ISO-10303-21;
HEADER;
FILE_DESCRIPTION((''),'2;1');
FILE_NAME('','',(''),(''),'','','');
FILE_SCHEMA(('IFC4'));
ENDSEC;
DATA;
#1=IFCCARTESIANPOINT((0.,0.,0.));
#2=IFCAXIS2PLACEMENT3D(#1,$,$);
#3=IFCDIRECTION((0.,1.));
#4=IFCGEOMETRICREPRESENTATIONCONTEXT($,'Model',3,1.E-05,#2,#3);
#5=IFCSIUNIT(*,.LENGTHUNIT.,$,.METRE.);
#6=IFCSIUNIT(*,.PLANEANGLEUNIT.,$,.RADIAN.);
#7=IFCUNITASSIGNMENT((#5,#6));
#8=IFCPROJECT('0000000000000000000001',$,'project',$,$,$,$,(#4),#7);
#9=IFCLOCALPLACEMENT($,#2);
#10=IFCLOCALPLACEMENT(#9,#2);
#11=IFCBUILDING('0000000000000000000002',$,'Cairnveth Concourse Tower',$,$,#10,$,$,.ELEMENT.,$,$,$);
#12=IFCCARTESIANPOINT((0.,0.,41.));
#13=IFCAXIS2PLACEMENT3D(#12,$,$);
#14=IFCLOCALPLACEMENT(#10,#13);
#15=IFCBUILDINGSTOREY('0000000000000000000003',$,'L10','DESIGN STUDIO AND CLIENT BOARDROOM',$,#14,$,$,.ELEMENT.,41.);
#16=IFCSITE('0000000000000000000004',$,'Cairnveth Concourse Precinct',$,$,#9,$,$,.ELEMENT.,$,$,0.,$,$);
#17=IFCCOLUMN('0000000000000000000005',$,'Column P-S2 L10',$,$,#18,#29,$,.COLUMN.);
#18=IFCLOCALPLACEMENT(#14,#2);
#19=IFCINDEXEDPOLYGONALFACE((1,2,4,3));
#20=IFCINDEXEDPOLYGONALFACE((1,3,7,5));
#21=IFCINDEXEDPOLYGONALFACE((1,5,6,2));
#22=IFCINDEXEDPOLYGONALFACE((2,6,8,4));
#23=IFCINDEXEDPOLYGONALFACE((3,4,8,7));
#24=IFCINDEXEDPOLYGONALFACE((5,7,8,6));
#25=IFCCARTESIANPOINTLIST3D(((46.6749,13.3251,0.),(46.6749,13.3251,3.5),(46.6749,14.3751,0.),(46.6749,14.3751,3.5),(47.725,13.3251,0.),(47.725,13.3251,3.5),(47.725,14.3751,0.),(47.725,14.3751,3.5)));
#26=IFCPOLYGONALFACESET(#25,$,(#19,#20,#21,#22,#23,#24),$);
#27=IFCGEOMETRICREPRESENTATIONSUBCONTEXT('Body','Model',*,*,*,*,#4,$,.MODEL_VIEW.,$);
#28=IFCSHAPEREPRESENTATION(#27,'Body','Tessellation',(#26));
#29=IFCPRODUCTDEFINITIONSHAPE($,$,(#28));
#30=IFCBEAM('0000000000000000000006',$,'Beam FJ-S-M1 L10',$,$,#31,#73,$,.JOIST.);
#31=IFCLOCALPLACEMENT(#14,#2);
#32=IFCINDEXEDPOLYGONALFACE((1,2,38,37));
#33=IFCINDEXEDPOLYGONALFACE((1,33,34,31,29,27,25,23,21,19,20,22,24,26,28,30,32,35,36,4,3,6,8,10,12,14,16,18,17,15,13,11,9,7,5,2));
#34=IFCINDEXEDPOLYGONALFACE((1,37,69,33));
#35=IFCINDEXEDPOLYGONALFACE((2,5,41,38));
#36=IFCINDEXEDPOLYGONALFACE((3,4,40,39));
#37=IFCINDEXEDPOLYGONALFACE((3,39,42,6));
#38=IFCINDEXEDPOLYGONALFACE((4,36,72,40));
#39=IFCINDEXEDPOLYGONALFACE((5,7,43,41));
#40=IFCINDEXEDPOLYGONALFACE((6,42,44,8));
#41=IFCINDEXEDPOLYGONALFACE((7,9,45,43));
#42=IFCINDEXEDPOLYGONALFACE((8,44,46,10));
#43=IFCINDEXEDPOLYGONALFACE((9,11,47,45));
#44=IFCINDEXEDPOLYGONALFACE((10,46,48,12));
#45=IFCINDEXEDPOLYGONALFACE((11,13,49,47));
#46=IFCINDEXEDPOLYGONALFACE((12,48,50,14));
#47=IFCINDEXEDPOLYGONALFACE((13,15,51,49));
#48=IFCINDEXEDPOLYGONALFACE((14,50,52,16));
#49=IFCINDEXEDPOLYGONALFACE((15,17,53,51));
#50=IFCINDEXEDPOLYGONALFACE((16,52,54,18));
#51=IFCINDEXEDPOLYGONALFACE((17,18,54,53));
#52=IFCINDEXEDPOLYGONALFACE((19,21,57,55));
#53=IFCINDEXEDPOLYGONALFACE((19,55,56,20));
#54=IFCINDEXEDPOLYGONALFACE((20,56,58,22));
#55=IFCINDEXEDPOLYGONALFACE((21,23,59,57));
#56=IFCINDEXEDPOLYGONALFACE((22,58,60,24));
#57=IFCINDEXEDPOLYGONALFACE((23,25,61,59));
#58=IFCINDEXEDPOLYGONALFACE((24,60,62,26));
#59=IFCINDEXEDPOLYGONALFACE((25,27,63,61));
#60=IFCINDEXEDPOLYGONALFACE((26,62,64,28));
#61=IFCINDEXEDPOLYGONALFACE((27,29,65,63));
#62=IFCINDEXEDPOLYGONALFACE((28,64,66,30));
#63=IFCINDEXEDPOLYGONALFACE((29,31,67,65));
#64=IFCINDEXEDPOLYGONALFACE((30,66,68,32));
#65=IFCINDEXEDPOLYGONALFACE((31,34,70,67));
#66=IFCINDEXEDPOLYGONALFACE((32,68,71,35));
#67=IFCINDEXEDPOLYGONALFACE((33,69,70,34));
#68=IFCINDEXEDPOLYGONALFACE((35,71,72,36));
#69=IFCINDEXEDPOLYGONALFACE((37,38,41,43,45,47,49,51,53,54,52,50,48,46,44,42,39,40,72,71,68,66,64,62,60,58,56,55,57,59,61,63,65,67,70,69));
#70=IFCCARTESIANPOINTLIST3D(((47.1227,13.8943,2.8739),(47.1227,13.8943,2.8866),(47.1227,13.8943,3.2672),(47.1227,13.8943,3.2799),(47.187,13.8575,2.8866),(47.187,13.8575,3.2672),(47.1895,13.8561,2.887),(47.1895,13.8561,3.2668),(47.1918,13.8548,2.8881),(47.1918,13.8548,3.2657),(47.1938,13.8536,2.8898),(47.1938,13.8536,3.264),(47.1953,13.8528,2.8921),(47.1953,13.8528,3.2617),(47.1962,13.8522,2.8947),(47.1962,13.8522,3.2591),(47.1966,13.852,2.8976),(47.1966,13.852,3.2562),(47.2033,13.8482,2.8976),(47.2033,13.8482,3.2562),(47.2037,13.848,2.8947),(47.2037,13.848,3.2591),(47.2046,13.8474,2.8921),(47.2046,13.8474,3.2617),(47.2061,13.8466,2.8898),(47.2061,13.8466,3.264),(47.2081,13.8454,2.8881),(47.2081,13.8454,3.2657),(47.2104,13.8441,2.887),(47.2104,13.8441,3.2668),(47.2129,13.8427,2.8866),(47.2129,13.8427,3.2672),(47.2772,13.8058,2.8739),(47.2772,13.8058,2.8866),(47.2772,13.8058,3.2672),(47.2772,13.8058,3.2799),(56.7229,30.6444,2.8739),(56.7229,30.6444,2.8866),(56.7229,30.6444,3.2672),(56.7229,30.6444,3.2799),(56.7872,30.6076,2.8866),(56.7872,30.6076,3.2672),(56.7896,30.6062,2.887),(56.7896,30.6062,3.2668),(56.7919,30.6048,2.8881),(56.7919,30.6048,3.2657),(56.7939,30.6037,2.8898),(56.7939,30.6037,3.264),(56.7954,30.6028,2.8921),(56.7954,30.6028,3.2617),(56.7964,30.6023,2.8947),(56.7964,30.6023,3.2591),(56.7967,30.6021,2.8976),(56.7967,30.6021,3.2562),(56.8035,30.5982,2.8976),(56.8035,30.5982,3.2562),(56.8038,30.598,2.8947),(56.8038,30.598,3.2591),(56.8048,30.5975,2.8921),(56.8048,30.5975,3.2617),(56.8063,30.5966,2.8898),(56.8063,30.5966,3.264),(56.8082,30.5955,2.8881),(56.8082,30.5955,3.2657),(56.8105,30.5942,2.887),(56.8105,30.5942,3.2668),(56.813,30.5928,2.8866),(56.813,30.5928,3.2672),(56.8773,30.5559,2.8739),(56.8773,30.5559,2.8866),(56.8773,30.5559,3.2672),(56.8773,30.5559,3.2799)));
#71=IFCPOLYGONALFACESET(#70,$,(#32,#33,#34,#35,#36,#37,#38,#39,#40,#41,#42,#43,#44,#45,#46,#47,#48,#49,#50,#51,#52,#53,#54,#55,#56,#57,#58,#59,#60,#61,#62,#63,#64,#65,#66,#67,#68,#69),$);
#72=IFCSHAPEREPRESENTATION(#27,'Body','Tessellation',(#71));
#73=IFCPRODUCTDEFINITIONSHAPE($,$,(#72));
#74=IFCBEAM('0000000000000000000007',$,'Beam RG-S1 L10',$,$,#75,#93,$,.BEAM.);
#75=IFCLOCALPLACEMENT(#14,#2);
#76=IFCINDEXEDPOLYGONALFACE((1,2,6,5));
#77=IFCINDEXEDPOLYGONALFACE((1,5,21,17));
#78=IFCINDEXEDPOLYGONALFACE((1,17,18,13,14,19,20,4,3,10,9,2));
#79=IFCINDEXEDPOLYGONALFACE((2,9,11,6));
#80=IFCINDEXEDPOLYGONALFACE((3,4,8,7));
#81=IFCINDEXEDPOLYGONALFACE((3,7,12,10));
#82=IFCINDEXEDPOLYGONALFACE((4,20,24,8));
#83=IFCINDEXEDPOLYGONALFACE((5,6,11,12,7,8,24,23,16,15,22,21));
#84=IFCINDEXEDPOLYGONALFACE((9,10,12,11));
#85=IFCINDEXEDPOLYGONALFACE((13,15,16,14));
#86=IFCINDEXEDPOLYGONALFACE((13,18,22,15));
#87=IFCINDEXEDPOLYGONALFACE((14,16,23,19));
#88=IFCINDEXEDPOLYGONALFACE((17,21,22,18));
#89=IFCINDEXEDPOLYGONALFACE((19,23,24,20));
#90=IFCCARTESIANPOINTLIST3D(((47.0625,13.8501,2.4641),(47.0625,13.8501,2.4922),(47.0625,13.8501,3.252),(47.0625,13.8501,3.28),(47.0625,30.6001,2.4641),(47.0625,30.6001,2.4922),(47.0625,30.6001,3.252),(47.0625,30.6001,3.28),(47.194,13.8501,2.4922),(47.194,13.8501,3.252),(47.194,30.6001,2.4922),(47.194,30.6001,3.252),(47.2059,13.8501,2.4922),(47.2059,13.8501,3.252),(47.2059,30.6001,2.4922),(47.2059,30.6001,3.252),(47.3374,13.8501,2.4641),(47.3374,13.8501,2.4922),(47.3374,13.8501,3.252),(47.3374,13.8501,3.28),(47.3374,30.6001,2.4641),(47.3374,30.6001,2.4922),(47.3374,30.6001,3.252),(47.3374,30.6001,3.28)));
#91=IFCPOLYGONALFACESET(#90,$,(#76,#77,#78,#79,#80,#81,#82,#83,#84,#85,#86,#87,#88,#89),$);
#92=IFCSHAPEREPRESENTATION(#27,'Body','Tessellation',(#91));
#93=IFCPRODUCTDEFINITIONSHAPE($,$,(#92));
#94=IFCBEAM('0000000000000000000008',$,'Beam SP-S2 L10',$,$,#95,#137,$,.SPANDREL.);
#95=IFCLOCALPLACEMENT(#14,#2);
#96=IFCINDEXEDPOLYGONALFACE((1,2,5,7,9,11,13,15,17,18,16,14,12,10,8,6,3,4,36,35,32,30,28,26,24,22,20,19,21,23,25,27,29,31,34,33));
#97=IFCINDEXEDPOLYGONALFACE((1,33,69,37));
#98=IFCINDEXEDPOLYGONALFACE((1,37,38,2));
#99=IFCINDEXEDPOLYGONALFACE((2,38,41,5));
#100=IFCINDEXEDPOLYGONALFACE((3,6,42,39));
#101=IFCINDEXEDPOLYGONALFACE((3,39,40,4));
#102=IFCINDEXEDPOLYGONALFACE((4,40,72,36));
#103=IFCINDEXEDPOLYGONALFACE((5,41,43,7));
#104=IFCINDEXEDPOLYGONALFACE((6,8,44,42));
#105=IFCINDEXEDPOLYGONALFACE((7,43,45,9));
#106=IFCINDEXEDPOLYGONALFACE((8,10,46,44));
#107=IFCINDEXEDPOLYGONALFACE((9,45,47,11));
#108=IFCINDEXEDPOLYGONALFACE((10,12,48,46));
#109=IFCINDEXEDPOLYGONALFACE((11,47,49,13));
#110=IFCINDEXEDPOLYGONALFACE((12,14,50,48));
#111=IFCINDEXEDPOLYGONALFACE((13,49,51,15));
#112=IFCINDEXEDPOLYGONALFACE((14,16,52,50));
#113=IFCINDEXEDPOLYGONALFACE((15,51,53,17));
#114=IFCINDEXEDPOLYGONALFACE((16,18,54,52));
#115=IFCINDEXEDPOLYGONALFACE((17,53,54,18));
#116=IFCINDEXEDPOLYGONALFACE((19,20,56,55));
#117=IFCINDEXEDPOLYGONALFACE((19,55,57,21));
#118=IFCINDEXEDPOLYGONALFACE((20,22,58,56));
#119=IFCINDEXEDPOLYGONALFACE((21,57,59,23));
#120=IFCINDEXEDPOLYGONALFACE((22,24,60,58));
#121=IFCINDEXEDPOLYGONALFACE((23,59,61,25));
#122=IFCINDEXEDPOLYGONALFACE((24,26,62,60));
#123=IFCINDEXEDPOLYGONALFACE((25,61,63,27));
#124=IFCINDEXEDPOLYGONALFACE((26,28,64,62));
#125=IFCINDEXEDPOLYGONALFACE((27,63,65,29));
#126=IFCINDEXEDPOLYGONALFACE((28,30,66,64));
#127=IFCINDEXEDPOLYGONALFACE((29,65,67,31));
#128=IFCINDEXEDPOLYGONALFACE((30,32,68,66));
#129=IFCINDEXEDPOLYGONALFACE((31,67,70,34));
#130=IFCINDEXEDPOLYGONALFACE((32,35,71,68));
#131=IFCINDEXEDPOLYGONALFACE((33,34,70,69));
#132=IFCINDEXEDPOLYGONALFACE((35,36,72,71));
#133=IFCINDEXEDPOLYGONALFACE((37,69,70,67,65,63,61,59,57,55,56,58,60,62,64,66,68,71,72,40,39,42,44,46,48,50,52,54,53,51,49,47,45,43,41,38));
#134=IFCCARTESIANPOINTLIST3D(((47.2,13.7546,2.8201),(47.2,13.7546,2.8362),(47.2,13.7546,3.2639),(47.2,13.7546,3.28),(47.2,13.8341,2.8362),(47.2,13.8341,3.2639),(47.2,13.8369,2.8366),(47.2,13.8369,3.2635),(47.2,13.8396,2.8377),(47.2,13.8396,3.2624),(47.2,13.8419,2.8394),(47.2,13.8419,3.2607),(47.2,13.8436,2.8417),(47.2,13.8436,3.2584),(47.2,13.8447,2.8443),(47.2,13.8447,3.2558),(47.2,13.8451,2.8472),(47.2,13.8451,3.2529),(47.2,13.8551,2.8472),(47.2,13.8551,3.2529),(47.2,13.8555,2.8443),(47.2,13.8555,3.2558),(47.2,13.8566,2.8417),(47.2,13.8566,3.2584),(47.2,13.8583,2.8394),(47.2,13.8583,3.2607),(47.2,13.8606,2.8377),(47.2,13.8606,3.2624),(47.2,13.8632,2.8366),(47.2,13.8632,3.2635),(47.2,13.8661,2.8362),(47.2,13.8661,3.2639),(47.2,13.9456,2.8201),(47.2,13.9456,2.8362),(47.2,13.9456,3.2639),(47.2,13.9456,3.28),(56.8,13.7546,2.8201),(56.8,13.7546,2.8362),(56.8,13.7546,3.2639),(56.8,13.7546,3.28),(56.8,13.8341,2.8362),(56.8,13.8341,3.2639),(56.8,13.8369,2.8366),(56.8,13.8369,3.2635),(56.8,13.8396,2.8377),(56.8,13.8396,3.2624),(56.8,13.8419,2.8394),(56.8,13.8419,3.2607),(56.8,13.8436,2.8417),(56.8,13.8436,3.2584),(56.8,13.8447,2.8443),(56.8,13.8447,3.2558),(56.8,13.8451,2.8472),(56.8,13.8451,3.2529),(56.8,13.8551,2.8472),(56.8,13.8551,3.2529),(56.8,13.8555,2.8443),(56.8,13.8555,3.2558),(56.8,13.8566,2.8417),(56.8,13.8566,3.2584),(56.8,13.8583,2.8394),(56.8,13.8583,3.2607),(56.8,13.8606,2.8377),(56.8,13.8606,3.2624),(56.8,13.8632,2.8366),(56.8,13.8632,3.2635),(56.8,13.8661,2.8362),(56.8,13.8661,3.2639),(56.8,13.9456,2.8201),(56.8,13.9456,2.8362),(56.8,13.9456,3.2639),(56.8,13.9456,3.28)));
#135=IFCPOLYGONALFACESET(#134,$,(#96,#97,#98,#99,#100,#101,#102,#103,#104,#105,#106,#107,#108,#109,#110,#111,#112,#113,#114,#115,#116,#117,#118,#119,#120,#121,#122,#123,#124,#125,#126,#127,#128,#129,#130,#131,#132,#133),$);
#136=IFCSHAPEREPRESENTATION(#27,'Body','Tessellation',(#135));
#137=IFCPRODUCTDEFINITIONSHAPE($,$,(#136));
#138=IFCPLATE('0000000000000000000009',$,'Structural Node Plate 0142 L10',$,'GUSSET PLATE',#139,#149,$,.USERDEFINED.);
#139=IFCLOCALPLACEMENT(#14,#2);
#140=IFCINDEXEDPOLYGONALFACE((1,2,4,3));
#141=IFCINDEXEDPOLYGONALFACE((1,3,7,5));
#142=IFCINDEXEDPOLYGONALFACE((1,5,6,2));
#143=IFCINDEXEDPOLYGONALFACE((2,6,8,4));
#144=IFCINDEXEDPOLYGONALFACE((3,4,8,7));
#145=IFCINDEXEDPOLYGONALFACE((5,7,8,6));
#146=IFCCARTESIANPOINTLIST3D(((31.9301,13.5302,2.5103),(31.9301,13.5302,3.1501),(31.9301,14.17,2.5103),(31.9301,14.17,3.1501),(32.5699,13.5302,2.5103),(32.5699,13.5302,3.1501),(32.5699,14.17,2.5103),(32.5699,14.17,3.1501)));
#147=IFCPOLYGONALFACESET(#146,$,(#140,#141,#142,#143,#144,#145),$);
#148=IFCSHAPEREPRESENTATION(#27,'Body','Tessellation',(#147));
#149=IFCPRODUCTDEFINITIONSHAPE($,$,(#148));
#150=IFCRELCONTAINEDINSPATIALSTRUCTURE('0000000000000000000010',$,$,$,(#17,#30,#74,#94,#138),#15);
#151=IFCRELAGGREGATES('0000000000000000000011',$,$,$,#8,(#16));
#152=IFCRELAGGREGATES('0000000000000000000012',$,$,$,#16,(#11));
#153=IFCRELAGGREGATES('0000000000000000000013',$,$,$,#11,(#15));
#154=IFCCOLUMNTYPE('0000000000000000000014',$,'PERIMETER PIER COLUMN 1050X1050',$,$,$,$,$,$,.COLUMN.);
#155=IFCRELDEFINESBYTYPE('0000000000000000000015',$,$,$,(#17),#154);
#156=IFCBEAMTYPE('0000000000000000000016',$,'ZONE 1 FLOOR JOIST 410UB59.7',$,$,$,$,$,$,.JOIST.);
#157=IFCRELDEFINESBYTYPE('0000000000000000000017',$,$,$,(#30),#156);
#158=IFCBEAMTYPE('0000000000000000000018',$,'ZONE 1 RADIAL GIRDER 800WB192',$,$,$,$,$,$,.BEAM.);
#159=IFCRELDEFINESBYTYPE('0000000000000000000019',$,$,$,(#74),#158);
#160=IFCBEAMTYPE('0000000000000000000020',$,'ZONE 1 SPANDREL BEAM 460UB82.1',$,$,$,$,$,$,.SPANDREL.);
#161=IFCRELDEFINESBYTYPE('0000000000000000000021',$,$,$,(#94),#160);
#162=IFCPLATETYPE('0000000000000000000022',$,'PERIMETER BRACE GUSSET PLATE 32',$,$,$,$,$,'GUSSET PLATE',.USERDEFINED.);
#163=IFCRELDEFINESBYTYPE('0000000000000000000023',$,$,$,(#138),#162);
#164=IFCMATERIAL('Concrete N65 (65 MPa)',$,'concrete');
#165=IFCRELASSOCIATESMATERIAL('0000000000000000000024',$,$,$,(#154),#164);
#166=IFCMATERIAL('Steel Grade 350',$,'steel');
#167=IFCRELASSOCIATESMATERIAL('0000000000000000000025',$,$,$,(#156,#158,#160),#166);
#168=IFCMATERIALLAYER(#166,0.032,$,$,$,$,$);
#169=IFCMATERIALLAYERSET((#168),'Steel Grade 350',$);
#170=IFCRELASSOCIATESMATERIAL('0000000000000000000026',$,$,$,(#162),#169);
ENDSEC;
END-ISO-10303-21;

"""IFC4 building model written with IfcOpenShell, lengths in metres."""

from ifc_helpers import new_model, si_unit, direction, frame, origin, origin_2d, place, context, subcontext, project, spatial, rectangle, i_section, extrude, material, layer, layer_set, material_profile, profile_set, type_object, element, save


model = new_model("IFC4")

# Units and contexts
model_context = context("Model", 3, precision=1e-05, world=origin(), true_north=direction((0.0, 1.0)))
body_context = subcontext(model_context, "Body", "Model", "MODEL_VIEW")
ifc_project = project(units=[si_unit("LENGTHUNIT", "METRE"), si_unit("PLANEANGLEUNIT", "RADIAN")], contexts=[model_context])

# Site, building, storey
site_placement = place(None, origin())
site = spatial("IfcSite", under=ifc_project, at=site_placement, Name="Cairnveth Concourse Precinct", CompositionType="ELEMENT", RefElevation=0.0)
building_placement = place(site_placement, origin())
building = spatial("IfcBuilding", under=site, at=building_placement, Name="Cairnveth Concourse Tower", CompositionType="ELEMENT")
storey_placement = place(building_placement, frame((0.0, 0.0, 41.0)))
storey = spatial("IfcBuildingStorey", under=building, at=storey_placement, Name="L10", Description="DESIGN STUDIO AND CLIENT BOARDROOM", CompositionType="ELEMENT", Elevation=41.0)

# Column
ifc_material_1 = material(Name="Concrete N65 (65 MPa)", Category="concrete")
ifc_material_profile_1 = material_profile(ifc_material_1, rectangle(XDim=1.05, YDim=1.05, at=origin_2d()), Name="RC-COL-1050x1050")
ifc_profile_set_1 = profile_set([ifc_material_profile_1], Name="Concrete N65 (65 MPa)")
column_type = type_object("IfcColumnType", Name="PERIMETER PIER COLUMN 1050X1050", PredefinedType="COLUMN", material=ifc_profile_set_1)
column_placement = place(storey_placement, frame((47.2, 13.8501, 0.0), z_axis=(0.0, 0.0, 1.0), x_axis=(1.0, 0.0, 0.0)))
element("IfcColumn", 1, at=column_placement, inside=storey, type_object=column_type, Name="Column P-S2 L10", PredefinedType="COLUMN", context=body_context, shape_type="SweptSolid", body=[
    extrude(rectangle(XDim=1.05, YDim=1.05, at=origin_2d()), origin(), (0.0, 0.0, 1.0), 3.5),
])

# Beams
ifc_material_2 = material(Name="Steel Grade 350", Category="steel")
ifc_material_profile_2 = material_profile(ifc_material_2, i_section(OverallWidth=0.178, OverallDepth=0.406, WebThickness=0.0078, FlangeThickness=0.0127, FilletRadius=0.011, at=origin_2d()), Name="410UB59.7")
ifc_profile_set_2 = profile_set([ifc_material_profile_2], Name="Steel Grade 350")
beam_type_1 = type_object("IfcBeamType", Name="ZONE 1 FLOOR JOIST 410UB59.7", PredefinedType="JOIST", material=ifc_profile_set_2)
beam_1_placement = place(storey_placement, frame((47.2, 13.8501, 3.0769), z_axis=(0.497258, 0.867603, 0.0), x_axis=(-0.867603, 0.497258, 0.0)))
element("IfcBeam", 2, at=beam_1_placement, inside=storey, type_object=beam_type_1, Name="Beam FJ-S-M1 L10", PredefinedType="JOIST", context=body_context, shape_type="SweptSolid", body=[
    extrude(i_section(OverallWidth=0.178, OverallDepth=0.406, WebThickness=0.0078, FlangeThickness=0.0127, FilletRadius=0.011, at=origin_2d()), origin(), (0.0, 0.0, 1.0), 19.3062),
])
ifc_material_profile_3 = material_profile(ifc_material_2, i_section(OverallWidth=0.2749, OverallDepth=0.8159, WebThickness=0.012, FlangeThickness=0.0281, at=origin_2d()), Name="800WB192")
ifc_profile_set_3 = profile_set([ifc_material_profile_3], Name="Steel Grade 350")
beam_type_2 = type_object("IfcBeamType", Name="ZONE 1 RADIAL GIRDER 800WB192", PredefinedType="BEAM", material=ifc_profile_set_3)
beam_2_placement = place(storey_placement, frame((47.2, 13.8501, 2.8721), z_axis=(0.0, 1.0, 0.0), x_axis=(-1.0, 0.0, 0.0)))
element("IfcBeam", 3, at=beam_2_placement, inside=storey, type_object=beam_type_2, Name="Beam RG-S1 L10", PredefinedType="BEAM", context=body_context, shape_type="SweptSolid", body=[
    extrude(i_section(OverallWidth=0.2749, OverallDepth=0.8159, WebThickness=0.012, FlangeThickness=0.0281, at=origin_2d()), origin(), (0.0, 0.0, 1.0), 16.75),
])
ifc_material_profile_4 = material_profile(ifc_material_2, i_section(OverallWidth=0.1909, OverallDepth=0.46, WebThickness=0.01, FlangeThickness=0.0161, FilletRadius=0.011, at=origin_2d()), Name="460UB82.1")
ifc_profile_set_4 = profile_set([ifc_material_profile_4], Name="Steel Grade 350")
beam_type_3 = type_object("IfcBeamType", Name="ZONE 1 SPANDREL BEAM 460UB82.1", PredefinedType="SPANDREL", material=ifc_profile_set_4)
beam_3_placement = place(storey_placement, frame((47.2, 13.8501, 3.05), z_axis=(1.0, 0.0, 0.0), x_axis=(0.0, 1.0, 0.0)))
element("IfcBeam", 4, at=beam_3_placement, inside=storey, type_object=beam_type_3, Name="Beam SP-S2 L10", PredefinedType="SPANDREL", context=body_context, shape_type="SweptSolid", body=[
    extrude(i_section(OverallWidth=0.1909, OverallDepth=0.46, WebThickness=0.01, FlangeThickness=0.0161, FilletRadius=0.011, at=origin_2d()), origin(), (0.0, 0.0, 1.0), 9.6001),
])

# Plate
ifc_layer_1 = layer(ifc_material_2, 0.032)
ifc_layer_set_1 = layer_set([ifc_layer_1], Name="Steel Grade 350")
plate_type = type_object("IfcPlateType", Name="PERIMETER BRACE GUSSET PLATE 32", ElementType="GUSSET PLATE", PredefinedType="USERDEFINED", material=ifc_layer_set_1)
plate_placement = place(storey_placement, frame((32.25, 13.8501, 2.5103), z_axis=(0.0, 0.0, 1.0), x_axis=(1.0, 0.0, 0.0)))
element("IfcPlate", 5, at=plate_placement, inside=storey, type_object=plate_type, Name="Structural Node Plate 0142 L10", ObjectType="GUSSET PLATE", PredefinedType="USERDEFINED", context=body_context, shape_type="SweptSolid", body=[
    extrude(rectangle(XDim=0.6399, YDim=0.6399, at=origin_2d()), origin(), (0.0, 0.0, 1.0), 0.6399),
])

save(model, "model.ifc")
